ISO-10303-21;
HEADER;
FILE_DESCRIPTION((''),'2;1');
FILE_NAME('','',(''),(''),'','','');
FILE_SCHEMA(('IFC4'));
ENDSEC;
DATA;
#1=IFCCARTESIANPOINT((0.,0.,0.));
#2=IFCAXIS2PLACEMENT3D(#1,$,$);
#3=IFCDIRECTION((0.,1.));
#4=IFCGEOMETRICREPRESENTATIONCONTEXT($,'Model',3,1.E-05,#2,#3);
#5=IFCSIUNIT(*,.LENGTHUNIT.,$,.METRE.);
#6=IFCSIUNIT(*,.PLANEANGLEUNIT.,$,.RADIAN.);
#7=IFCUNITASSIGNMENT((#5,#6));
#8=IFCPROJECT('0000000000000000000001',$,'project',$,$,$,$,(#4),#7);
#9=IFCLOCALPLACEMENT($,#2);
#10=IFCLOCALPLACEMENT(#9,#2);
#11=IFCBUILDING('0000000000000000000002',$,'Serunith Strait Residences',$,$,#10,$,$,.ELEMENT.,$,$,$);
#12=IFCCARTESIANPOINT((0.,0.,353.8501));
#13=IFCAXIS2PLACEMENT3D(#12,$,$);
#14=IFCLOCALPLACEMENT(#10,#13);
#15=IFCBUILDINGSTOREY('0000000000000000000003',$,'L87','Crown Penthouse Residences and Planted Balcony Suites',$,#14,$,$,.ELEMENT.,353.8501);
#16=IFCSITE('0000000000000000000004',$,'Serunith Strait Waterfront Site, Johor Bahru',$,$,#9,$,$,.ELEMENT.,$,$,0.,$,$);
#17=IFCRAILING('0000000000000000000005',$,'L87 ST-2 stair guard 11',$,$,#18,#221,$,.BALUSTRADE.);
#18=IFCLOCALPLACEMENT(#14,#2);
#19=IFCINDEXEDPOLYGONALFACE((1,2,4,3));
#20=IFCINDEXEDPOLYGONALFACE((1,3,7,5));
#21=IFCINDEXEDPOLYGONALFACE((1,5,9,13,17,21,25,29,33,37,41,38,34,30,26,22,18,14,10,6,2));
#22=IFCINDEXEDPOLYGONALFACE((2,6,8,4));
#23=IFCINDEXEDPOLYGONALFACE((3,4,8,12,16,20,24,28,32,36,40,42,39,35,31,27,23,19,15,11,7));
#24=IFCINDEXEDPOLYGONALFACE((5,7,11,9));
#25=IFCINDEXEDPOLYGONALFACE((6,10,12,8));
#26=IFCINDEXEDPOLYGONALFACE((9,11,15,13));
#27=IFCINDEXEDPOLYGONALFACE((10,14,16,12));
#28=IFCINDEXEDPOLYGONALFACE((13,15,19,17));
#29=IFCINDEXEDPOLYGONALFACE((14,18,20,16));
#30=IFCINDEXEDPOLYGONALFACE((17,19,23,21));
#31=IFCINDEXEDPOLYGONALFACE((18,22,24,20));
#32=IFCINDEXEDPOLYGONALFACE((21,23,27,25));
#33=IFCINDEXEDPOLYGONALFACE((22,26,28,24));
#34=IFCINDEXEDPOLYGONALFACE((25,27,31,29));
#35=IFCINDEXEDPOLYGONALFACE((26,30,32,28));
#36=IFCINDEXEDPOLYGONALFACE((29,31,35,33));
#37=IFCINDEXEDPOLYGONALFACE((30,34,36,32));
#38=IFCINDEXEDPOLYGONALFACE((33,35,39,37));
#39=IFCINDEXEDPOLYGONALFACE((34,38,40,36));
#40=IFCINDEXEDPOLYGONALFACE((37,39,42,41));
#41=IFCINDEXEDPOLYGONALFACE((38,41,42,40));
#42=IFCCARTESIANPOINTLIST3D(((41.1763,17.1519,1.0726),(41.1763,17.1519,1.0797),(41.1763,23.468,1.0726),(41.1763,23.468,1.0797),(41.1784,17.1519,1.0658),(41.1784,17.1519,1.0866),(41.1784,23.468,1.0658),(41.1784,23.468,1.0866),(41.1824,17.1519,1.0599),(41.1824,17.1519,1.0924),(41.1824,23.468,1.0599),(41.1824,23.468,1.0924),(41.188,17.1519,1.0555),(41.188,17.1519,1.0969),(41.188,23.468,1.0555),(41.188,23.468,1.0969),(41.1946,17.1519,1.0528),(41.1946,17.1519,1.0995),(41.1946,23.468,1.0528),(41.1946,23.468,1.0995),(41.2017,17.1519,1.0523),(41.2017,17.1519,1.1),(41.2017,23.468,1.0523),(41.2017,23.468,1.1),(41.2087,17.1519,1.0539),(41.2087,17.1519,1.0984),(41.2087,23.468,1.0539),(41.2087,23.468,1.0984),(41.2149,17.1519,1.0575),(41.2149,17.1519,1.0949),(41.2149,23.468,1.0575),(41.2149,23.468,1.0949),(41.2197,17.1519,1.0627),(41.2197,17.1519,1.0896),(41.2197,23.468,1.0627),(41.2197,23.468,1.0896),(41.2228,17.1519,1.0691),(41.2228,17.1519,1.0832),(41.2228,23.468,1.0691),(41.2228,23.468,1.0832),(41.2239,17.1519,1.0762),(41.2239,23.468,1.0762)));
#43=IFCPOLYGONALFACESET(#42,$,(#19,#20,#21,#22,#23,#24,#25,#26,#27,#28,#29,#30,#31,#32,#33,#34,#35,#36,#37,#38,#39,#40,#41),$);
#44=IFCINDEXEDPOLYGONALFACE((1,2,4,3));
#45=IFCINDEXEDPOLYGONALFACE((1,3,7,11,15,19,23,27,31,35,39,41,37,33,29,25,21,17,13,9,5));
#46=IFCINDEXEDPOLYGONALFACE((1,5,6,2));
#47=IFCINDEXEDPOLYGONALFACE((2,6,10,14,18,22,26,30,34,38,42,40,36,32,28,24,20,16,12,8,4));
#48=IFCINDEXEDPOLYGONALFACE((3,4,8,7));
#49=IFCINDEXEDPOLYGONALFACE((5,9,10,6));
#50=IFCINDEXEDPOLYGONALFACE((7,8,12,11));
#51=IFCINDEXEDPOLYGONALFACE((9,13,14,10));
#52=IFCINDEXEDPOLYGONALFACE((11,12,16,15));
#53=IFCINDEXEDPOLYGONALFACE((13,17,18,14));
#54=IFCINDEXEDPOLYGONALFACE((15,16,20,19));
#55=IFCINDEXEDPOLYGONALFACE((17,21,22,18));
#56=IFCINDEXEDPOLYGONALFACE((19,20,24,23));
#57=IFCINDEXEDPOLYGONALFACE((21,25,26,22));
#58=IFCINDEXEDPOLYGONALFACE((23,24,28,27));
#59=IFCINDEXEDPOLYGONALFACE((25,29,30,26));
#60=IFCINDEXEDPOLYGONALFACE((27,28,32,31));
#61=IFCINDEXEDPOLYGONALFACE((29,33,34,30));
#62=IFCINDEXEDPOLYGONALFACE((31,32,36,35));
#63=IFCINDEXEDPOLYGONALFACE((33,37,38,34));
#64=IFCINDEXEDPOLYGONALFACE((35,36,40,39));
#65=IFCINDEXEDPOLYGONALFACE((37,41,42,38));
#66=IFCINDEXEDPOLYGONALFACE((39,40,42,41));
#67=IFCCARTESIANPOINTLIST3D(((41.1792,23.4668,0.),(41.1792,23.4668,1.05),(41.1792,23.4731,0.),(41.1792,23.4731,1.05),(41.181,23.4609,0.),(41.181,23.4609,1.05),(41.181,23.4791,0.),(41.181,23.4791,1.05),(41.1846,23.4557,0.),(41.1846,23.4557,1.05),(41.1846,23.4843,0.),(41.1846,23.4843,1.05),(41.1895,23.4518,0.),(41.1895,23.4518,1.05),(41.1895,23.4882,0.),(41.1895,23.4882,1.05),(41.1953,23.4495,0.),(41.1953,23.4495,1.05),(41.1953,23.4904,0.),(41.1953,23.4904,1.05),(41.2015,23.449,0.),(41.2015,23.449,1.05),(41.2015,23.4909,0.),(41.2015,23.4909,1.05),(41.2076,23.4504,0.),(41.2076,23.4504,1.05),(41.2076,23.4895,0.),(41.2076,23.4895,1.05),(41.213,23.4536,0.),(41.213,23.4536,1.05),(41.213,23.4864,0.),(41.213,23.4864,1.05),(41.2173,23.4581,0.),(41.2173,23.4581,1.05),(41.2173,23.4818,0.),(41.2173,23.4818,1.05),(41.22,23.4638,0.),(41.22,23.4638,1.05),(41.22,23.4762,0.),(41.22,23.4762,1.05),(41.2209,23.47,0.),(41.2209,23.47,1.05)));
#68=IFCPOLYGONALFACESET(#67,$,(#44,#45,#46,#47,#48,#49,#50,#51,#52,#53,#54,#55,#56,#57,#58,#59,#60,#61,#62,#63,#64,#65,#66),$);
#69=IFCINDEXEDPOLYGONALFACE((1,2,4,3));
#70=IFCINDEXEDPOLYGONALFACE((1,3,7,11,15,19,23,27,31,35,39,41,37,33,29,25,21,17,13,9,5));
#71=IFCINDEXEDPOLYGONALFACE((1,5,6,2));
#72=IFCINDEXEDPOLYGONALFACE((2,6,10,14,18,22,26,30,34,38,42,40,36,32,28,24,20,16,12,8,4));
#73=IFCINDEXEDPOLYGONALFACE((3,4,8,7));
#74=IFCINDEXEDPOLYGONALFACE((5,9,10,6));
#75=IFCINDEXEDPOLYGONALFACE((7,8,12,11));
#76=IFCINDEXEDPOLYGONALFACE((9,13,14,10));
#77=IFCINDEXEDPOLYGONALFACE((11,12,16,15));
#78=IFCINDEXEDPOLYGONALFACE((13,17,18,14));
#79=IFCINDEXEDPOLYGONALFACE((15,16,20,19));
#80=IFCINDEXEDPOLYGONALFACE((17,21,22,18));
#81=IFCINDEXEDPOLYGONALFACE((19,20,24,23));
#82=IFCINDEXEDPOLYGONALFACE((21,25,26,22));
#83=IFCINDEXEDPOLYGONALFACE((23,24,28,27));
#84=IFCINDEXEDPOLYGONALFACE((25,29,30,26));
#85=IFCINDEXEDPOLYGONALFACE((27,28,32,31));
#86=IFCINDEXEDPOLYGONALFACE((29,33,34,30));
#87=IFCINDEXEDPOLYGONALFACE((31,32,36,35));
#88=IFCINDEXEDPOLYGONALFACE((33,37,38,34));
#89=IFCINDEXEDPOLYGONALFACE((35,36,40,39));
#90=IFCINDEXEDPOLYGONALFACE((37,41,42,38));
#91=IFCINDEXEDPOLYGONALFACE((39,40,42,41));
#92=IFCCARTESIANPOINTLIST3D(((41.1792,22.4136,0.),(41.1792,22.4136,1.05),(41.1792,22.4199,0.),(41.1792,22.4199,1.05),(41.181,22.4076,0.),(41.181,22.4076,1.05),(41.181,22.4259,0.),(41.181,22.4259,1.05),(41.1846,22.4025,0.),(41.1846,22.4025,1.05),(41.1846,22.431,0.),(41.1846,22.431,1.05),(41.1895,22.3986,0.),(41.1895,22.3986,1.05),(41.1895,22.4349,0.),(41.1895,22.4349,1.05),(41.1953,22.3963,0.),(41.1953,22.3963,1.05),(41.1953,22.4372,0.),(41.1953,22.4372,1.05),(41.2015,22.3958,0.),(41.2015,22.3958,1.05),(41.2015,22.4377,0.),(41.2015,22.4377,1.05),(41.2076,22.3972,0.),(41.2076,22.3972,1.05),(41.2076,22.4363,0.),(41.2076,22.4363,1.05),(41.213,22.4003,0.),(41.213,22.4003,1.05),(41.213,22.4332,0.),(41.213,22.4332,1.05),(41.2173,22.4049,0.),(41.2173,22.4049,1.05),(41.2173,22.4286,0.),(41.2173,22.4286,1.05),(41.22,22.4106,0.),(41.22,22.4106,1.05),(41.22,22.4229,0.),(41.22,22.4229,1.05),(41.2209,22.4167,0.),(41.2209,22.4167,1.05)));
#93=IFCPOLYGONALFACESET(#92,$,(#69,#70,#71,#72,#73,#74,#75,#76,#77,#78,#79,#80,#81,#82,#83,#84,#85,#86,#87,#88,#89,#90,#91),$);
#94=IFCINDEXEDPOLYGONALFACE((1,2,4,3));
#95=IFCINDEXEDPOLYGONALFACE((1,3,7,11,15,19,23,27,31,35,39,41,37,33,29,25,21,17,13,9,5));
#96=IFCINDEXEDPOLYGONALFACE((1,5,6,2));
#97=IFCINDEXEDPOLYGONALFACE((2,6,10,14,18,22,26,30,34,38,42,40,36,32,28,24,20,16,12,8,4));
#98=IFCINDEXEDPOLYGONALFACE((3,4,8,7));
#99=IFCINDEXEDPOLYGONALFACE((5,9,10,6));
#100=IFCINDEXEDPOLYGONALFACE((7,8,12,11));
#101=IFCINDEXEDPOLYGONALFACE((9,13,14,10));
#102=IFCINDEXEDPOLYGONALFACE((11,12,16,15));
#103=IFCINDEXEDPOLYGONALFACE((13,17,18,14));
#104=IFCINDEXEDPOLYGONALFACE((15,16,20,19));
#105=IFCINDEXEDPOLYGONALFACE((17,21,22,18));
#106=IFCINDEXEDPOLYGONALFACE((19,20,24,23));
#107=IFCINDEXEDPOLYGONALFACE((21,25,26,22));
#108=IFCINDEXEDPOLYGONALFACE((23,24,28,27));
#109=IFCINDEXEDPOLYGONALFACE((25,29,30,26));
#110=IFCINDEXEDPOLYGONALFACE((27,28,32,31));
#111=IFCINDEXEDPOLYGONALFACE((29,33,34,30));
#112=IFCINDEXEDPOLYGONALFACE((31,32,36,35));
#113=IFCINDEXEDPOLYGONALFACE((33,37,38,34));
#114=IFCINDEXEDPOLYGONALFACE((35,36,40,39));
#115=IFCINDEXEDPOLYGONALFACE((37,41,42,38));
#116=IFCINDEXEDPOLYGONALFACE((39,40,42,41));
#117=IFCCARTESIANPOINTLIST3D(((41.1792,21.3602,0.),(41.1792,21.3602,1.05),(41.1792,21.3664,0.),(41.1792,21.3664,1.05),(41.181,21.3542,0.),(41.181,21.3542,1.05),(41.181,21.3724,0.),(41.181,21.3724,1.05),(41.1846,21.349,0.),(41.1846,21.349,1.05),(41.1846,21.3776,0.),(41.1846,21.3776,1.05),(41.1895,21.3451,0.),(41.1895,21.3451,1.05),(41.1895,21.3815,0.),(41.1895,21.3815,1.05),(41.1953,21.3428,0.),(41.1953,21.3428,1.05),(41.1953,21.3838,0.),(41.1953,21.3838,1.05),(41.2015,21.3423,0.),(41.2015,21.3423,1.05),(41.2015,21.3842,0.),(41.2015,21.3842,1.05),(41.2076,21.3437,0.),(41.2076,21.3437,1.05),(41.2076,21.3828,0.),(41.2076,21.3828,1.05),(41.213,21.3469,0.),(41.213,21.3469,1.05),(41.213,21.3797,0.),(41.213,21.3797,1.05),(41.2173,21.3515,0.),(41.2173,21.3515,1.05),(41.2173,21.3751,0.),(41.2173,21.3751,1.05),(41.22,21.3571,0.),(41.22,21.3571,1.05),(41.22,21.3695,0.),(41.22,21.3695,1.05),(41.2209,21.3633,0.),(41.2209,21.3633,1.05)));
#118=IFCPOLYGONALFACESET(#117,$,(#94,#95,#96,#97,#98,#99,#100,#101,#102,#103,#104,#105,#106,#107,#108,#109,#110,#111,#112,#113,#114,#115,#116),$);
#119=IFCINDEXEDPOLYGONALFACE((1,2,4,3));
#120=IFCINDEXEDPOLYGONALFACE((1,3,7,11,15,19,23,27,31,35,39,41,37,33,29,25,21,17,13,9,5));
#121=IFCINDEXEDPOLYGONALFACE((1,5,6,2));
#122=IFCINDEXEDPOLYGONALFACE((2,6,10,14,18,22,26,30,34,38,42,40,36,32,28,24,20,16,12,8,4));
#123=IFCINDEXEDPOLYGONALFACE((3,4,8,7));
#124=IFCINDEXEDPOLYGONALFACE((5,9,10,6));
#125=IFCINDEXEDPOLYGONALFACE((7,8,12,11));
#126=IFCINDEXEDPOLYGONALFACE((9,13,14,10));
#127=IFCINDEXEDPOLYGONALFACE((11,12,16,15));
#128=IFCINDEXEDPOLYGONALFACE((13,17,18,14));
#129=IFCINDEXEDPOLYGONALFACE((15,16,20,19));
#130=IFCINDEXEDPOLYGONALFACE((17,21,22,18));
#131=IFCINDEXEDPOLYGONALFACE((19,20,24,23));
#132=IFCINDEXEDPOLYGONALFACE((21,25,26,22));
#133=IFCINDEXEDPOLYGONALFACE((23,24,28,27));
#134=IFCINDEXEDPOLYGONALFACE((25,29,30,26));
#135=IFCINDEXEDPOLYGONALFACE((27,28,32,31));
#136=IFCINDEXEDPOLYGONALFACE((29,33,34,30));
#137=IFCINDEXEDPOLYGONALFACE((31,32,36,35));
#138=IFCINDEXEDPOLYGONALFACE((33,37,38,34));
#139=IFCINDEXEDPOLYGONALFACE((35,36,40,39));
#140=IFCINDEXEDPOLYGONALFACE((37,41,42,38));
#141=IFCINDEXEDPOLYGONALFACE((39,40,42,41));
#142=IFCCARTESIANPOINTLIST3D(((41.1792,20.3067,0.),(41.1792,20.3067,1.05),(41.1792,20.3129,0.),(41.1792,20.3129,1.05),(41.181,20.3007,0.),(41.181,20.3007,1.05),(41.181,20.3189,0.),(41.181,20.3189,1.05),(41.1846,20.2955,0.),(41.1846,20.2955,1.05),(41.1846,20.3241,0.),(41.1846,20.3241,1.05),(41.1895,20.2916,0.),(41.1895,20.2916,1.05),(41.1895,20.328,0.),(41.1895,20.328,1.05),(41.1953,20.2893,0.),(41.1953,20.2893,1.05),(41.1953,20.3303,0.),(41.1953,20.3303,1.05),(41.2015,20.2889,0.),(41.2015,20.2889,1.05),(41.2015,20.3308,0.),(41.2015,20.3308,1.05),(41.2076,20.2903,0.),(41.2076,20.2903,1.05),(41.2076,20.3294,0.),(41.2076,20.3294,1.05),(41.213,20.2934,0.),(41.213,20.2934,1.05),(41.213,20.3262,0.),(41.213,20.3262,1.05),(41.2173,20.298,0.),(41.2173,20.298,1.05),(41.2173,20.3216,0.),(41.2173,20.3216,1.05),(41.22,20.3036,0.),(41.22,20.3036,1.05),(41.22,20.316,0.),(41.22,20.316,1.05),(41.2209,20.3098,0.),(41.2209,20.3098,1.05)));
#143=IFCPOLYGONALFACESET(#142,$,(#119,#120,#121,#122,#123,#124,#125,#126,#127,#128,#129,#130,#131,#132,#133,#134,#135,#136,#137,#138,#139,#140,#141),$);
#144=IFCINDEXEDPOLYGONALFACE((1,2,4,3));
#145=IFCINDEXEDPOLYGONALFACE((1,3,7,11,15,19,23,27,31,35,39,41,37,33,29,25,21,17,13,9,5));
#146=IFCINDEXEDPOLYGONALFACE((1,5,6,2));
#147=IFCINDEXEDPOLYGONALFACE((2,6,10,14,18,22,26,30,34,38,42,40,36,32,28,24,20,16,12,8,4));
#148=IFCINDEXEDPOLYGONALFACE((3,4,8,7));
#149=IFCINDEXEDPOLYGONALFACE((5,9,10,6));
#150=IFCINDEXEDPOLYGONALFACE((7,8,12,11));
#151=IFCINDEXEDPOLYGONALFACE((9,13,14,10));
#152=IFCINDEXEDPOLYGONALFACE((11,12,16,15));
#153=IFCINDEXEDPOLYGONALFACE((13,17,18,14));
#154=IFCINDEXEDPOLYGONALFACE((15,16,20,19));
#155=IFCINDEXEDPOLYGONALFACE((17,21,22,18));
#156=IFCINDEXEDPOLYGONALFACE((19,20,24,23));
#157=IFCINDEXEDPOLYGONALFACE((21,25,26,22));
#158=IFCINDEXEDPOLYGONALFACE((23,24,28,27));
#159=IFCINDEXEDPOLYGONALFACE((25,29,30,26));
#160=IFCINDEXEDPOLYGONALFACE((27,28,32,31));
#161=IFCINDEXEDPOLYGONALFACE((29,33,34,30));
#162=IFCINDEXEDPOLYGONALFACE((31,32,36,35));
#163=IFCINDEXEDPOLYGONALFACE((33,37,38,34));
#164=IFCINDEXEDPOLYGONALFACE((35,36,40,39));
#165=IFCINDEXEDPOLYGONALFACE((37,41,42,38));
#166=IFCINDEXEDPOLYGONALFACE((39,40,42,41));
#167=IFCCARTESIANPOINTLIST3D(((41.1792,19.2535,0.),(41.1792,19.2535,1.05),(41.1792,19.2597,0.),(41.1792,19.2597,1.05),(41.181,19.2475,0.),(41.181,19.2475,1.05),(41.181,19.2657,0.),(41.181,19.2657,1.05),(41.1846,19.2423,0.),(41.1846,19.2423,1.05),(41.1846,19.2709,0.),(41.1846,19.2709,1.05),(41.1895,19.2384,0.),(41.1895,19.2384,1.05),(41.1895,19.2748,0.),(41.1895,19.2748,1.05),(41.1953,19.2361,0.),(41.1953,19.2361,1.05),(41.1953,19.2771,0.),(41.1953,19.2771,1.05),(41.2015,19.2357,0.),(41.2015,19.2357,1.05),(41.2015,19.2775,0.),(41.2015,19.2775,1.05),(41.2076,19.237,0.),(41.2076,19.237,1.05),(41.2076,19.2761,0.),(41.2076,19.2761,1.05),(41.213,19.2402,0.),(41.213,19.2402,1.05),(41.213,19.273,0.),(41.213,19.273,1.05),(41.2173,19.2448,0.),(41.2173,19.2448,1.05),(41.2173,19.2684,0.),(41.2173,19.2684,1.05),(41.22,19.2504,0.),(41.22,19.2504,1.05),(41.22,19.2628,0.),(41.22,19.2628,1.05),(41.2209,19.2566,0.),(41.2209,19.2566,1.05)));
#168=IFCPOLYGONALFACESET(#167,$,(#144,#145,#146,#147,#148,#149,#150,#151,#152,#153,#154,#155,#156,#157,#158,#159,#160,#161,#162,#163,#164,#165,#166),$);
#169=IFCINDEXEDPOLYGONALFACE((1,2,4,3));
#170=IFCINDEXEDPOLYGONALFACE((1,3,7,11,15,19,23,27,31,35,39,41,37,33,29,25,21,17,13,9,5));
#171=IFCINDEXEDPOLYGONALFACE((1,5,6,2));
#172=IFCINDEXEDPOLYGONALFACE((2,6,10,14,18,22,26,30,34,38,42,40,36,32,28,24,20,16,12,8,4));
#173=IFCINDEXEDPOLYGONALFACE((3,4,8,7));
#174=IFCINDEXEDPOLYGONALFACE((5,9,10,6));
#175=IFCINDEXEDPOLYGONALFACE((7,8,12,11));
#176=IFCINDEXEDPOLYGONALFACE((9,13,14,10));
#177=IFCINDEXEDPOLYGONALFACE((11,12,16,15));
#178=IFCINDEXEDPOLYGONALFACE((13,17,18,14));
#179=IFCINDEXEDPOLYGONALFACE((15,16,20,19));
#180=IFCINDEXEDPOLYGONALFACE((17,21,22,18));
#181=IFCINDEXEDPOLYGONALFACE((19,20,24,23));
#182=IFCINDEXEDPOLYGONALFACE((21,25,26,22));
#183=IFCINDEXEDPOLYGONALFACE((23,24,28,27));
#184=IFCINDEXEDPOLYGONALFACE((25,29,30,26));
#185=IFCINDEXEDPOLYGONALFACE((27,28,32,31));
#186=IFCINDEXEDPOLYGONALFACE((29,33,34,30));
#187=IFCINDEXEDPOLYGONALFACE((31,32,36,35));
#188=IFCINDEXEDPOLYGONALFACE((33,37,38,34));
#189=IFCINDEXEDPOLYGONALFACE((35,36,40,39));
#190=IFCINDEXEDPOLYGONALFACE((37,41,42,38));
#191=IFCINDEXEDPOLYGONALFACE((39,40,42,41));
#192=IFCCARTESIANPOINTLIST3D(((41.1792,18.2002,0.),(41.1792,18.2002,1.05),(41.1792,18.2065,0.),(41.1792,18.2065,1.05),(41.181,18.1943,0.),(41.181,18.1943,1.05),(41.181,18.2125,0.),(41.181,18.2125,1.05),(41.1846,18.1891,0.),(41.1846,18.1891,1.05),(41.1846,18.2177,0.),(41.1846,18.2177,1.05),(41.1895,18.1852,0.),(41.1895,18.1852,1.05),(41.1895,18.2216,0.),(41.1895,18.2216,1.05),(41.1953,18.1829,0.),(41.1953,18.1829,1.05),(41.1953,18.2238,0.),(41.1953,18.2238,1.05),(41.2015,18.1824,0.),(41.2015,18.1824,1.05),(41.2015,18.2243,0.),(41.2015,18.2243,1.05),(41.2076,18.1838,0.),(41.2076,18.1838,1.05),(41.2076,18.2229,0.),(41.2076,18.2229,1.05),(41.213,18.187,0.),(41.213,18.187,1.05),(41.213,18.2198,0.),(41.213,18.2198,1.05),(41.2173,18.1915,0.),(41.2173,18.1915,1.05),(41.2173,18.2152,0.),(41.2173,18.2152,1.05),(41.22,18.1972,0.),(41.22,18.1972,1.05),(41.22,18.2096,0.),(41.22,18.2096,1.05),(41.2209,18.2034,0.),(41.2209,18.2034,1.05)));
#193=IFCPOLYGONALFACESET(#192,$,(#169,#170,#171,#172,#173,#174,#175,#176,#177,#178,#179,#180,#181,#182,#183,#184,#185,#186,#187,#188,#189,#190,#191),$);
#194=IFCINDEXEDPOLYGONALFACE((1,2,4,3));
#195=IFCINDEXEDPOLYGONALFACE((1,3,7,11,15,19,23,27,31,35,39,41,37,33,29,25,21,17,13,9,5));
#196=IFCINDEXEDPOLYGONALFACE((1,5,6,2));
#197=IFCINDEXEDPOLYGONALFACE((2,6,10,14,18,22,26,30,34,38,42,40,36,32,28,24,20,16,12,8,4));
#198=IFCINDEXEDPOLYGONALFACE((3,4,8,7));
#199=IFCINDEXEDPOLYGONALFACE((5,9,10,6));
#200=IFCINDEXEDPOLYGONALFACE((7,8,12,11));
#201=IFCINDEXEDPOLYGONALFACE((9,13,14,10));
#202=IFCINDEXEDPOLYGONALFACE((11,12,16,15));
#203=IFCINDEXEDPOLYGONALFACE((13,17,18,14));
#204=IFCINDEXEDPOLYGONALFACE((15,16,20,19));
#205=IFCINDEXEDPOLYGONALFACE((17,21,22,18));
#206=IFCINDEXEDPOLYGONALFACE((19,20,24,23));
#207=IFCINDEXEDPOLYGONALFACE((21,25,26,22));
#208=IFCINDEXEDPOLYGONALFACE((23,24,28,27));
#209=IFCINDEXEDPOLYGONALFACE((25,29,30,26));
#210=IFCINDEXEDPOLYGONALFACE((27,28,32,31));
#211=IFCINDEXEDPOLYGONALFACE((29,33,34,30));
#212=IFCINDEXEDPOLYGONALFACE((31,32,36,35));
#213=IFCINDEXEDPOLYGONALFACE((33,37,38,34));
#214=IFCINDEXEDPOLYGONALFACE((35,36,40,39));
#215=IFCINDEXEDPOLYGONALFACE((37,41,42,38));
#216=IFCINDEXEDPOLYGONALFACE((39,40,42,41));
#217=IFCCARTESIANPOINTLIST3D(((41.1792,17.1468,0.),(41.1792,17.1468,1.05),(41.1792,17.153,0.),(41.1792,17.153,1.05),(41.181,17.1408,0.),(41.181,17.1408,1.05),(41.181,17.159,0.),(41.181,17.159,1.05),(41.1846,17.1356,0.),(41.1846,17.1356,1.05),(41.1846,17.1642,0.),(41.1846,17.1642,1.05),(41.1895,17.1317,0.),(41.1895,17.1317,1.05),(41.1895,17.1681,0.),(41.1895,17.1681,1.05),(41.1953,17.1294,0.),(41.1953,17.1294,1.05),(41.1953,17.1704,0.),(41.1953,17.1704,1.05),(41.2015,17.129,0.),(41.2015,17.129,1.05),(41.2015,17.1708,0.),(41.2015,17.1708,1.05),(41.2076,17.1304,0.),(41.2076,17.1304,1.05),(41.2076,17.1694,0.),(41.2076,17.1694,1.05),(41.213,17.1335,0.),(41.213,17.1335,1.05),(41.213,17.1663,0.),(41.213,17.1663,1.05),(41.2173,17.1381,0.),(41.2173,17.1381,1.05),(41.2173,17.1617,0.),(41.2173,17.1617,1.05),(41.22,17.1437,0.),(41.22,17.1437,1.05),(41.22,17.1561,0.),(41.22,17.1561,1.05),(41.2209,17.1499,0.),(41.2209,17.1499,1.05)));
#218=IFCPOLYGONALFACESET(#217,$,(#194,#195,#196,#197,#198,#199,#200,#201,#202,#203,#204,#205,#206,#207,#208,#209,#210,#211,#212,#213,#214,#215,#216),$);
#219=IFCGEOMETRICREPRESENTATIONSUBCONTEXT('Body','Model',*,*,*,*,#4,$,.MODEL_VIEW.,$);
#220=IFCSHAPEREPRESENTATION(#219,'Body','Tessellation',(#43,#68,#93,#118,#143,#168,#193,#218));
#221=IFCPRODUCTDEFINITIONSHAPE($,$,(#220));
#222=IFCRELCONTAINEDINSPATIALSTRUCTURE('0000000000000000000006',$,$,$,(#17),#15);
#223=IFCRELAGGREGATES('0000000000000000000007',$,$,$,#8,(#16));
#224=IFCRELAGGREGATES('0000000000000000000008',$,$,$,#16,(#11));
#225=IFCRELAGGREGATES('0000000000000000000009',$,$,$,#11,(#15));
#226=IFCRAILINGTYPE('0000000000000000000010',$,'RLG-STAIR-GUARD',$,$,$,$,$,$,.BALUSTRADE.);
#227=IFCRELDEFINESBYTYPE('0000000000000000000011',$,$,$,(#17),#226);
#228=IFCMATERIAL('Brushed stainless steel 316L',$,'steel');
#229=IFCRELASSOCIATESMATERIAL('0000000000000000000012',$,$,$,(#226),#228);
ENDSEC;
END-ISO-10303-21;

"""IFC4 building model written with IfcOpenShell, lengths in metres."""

from ifc_helpers import new_model, si_unit, direction, frame, origin, origin_2d, place, context, subcontext, project, spatial, circle, extrude, material, type_object, element, save


model = new_model("IFC4")

# Units and contexts
model_context = context("Model", 3, precision=1e-05, world=origin(), true_north=direction((0.0, 1.0)))
body_context = subcontext(model_context, "Body", "Model", "MODEL_VIEW")
ifc_project = project(units=[si_unit("LENGTHUNIT", "METRE"), si_unit("PLANEANGLEUNIT", "RADIAN")], contexts=[model_context])

# Site, building, storey
site_placement = place(None, origin())
site = spatial("IfcSite", under=ifc_project, at=site_placement, Name="Serunith Strait Waterfront Site, Johor Bahru", CompositionType="ELEMENT", RefElevation=0.0)
building_placement = place(site_placement, origin())
building = spatial("IfcBuilding", under=site, at=building_placement, Name="Serunith Strait Residences", CompositionType="ELEMENT")
storey_placement = place(building_placement, frame((0.0, 0.0, 353.8501)))
storey = spatial("IfcBuildingStorey", under=building, at=storey_placement, Name="L87", Description="Crown Penthouse Residences and Planted Balcony Suites", CompositionType="ELEMENT", Elevation=353.8501)

# Railing
ifc_material_1 = material(Name="Brushed stainless steel 316L", Category="steel")
railing_type = type_object("IfcRailingType", Name="RLG-STAIR-GUARD", PredefinedType="BALUSTRADE", material=ifc_material_1)
railing_placement = place(storey_placement, frame((41.2, 23.47, 0.0)))
element("IfcRailing", 1, at=railing_placement, inside=storey, type_object=railing_type, Name="L87 ST-2 stair guard 11", PredefinedType="BALUSTRADE", context=body_context, shape_type="SweptSolid", body=[
    extrude(circle(Radius=0.0239, at=origin_2d()), frame((0.0, -0.002, 1.0762), z_axis=(0.0, -1.0, 0.0), x_axis=(1.0, 0.0, 0.0)), (0.0, 0.0, 1.0), 6.3162),
    extrude(circle(Radius=0.021, at=origin_2d()), origin(), (0.0, 0.0, 1.0), 1.05),
    extrude(circle(Radius=0.021, at=origin_2d()), frame((0.0, -1.0532, 0.0)), (0.0, 0.0, 1.0), 1.05),
    extrude(circle(Radius=0.021, at=origin_2d()), frame((0.0, -2.1067, 0.0)), (0.0, 0.0, 1.0), 1.05),
    extrude(circle(Radius=0.021, at=origin_2d()), frame((0.0, -3.1602, 0.0)), (0.0, 0.0, 1.0), 1.05),
    extrude(circle(Radius=0.021, at=origin_2d()), frame((0.0, -4.2134, 0.0)), (0.0, 0.0, 1.0), 1.05),
    extrude(circle(Radius=0.021, at=origin_2d()), frame((0.0, -5.2666, 0.0)), (0.0, 0.0, 1.0), 1.05),
    extrude(circle(Radius=0.021, at=origin_2d()), frame((0.0, -6.3201, 0.0)), (0.0, 0.0, 1.0), 1.05),
])

save(model, "model.ifc")
